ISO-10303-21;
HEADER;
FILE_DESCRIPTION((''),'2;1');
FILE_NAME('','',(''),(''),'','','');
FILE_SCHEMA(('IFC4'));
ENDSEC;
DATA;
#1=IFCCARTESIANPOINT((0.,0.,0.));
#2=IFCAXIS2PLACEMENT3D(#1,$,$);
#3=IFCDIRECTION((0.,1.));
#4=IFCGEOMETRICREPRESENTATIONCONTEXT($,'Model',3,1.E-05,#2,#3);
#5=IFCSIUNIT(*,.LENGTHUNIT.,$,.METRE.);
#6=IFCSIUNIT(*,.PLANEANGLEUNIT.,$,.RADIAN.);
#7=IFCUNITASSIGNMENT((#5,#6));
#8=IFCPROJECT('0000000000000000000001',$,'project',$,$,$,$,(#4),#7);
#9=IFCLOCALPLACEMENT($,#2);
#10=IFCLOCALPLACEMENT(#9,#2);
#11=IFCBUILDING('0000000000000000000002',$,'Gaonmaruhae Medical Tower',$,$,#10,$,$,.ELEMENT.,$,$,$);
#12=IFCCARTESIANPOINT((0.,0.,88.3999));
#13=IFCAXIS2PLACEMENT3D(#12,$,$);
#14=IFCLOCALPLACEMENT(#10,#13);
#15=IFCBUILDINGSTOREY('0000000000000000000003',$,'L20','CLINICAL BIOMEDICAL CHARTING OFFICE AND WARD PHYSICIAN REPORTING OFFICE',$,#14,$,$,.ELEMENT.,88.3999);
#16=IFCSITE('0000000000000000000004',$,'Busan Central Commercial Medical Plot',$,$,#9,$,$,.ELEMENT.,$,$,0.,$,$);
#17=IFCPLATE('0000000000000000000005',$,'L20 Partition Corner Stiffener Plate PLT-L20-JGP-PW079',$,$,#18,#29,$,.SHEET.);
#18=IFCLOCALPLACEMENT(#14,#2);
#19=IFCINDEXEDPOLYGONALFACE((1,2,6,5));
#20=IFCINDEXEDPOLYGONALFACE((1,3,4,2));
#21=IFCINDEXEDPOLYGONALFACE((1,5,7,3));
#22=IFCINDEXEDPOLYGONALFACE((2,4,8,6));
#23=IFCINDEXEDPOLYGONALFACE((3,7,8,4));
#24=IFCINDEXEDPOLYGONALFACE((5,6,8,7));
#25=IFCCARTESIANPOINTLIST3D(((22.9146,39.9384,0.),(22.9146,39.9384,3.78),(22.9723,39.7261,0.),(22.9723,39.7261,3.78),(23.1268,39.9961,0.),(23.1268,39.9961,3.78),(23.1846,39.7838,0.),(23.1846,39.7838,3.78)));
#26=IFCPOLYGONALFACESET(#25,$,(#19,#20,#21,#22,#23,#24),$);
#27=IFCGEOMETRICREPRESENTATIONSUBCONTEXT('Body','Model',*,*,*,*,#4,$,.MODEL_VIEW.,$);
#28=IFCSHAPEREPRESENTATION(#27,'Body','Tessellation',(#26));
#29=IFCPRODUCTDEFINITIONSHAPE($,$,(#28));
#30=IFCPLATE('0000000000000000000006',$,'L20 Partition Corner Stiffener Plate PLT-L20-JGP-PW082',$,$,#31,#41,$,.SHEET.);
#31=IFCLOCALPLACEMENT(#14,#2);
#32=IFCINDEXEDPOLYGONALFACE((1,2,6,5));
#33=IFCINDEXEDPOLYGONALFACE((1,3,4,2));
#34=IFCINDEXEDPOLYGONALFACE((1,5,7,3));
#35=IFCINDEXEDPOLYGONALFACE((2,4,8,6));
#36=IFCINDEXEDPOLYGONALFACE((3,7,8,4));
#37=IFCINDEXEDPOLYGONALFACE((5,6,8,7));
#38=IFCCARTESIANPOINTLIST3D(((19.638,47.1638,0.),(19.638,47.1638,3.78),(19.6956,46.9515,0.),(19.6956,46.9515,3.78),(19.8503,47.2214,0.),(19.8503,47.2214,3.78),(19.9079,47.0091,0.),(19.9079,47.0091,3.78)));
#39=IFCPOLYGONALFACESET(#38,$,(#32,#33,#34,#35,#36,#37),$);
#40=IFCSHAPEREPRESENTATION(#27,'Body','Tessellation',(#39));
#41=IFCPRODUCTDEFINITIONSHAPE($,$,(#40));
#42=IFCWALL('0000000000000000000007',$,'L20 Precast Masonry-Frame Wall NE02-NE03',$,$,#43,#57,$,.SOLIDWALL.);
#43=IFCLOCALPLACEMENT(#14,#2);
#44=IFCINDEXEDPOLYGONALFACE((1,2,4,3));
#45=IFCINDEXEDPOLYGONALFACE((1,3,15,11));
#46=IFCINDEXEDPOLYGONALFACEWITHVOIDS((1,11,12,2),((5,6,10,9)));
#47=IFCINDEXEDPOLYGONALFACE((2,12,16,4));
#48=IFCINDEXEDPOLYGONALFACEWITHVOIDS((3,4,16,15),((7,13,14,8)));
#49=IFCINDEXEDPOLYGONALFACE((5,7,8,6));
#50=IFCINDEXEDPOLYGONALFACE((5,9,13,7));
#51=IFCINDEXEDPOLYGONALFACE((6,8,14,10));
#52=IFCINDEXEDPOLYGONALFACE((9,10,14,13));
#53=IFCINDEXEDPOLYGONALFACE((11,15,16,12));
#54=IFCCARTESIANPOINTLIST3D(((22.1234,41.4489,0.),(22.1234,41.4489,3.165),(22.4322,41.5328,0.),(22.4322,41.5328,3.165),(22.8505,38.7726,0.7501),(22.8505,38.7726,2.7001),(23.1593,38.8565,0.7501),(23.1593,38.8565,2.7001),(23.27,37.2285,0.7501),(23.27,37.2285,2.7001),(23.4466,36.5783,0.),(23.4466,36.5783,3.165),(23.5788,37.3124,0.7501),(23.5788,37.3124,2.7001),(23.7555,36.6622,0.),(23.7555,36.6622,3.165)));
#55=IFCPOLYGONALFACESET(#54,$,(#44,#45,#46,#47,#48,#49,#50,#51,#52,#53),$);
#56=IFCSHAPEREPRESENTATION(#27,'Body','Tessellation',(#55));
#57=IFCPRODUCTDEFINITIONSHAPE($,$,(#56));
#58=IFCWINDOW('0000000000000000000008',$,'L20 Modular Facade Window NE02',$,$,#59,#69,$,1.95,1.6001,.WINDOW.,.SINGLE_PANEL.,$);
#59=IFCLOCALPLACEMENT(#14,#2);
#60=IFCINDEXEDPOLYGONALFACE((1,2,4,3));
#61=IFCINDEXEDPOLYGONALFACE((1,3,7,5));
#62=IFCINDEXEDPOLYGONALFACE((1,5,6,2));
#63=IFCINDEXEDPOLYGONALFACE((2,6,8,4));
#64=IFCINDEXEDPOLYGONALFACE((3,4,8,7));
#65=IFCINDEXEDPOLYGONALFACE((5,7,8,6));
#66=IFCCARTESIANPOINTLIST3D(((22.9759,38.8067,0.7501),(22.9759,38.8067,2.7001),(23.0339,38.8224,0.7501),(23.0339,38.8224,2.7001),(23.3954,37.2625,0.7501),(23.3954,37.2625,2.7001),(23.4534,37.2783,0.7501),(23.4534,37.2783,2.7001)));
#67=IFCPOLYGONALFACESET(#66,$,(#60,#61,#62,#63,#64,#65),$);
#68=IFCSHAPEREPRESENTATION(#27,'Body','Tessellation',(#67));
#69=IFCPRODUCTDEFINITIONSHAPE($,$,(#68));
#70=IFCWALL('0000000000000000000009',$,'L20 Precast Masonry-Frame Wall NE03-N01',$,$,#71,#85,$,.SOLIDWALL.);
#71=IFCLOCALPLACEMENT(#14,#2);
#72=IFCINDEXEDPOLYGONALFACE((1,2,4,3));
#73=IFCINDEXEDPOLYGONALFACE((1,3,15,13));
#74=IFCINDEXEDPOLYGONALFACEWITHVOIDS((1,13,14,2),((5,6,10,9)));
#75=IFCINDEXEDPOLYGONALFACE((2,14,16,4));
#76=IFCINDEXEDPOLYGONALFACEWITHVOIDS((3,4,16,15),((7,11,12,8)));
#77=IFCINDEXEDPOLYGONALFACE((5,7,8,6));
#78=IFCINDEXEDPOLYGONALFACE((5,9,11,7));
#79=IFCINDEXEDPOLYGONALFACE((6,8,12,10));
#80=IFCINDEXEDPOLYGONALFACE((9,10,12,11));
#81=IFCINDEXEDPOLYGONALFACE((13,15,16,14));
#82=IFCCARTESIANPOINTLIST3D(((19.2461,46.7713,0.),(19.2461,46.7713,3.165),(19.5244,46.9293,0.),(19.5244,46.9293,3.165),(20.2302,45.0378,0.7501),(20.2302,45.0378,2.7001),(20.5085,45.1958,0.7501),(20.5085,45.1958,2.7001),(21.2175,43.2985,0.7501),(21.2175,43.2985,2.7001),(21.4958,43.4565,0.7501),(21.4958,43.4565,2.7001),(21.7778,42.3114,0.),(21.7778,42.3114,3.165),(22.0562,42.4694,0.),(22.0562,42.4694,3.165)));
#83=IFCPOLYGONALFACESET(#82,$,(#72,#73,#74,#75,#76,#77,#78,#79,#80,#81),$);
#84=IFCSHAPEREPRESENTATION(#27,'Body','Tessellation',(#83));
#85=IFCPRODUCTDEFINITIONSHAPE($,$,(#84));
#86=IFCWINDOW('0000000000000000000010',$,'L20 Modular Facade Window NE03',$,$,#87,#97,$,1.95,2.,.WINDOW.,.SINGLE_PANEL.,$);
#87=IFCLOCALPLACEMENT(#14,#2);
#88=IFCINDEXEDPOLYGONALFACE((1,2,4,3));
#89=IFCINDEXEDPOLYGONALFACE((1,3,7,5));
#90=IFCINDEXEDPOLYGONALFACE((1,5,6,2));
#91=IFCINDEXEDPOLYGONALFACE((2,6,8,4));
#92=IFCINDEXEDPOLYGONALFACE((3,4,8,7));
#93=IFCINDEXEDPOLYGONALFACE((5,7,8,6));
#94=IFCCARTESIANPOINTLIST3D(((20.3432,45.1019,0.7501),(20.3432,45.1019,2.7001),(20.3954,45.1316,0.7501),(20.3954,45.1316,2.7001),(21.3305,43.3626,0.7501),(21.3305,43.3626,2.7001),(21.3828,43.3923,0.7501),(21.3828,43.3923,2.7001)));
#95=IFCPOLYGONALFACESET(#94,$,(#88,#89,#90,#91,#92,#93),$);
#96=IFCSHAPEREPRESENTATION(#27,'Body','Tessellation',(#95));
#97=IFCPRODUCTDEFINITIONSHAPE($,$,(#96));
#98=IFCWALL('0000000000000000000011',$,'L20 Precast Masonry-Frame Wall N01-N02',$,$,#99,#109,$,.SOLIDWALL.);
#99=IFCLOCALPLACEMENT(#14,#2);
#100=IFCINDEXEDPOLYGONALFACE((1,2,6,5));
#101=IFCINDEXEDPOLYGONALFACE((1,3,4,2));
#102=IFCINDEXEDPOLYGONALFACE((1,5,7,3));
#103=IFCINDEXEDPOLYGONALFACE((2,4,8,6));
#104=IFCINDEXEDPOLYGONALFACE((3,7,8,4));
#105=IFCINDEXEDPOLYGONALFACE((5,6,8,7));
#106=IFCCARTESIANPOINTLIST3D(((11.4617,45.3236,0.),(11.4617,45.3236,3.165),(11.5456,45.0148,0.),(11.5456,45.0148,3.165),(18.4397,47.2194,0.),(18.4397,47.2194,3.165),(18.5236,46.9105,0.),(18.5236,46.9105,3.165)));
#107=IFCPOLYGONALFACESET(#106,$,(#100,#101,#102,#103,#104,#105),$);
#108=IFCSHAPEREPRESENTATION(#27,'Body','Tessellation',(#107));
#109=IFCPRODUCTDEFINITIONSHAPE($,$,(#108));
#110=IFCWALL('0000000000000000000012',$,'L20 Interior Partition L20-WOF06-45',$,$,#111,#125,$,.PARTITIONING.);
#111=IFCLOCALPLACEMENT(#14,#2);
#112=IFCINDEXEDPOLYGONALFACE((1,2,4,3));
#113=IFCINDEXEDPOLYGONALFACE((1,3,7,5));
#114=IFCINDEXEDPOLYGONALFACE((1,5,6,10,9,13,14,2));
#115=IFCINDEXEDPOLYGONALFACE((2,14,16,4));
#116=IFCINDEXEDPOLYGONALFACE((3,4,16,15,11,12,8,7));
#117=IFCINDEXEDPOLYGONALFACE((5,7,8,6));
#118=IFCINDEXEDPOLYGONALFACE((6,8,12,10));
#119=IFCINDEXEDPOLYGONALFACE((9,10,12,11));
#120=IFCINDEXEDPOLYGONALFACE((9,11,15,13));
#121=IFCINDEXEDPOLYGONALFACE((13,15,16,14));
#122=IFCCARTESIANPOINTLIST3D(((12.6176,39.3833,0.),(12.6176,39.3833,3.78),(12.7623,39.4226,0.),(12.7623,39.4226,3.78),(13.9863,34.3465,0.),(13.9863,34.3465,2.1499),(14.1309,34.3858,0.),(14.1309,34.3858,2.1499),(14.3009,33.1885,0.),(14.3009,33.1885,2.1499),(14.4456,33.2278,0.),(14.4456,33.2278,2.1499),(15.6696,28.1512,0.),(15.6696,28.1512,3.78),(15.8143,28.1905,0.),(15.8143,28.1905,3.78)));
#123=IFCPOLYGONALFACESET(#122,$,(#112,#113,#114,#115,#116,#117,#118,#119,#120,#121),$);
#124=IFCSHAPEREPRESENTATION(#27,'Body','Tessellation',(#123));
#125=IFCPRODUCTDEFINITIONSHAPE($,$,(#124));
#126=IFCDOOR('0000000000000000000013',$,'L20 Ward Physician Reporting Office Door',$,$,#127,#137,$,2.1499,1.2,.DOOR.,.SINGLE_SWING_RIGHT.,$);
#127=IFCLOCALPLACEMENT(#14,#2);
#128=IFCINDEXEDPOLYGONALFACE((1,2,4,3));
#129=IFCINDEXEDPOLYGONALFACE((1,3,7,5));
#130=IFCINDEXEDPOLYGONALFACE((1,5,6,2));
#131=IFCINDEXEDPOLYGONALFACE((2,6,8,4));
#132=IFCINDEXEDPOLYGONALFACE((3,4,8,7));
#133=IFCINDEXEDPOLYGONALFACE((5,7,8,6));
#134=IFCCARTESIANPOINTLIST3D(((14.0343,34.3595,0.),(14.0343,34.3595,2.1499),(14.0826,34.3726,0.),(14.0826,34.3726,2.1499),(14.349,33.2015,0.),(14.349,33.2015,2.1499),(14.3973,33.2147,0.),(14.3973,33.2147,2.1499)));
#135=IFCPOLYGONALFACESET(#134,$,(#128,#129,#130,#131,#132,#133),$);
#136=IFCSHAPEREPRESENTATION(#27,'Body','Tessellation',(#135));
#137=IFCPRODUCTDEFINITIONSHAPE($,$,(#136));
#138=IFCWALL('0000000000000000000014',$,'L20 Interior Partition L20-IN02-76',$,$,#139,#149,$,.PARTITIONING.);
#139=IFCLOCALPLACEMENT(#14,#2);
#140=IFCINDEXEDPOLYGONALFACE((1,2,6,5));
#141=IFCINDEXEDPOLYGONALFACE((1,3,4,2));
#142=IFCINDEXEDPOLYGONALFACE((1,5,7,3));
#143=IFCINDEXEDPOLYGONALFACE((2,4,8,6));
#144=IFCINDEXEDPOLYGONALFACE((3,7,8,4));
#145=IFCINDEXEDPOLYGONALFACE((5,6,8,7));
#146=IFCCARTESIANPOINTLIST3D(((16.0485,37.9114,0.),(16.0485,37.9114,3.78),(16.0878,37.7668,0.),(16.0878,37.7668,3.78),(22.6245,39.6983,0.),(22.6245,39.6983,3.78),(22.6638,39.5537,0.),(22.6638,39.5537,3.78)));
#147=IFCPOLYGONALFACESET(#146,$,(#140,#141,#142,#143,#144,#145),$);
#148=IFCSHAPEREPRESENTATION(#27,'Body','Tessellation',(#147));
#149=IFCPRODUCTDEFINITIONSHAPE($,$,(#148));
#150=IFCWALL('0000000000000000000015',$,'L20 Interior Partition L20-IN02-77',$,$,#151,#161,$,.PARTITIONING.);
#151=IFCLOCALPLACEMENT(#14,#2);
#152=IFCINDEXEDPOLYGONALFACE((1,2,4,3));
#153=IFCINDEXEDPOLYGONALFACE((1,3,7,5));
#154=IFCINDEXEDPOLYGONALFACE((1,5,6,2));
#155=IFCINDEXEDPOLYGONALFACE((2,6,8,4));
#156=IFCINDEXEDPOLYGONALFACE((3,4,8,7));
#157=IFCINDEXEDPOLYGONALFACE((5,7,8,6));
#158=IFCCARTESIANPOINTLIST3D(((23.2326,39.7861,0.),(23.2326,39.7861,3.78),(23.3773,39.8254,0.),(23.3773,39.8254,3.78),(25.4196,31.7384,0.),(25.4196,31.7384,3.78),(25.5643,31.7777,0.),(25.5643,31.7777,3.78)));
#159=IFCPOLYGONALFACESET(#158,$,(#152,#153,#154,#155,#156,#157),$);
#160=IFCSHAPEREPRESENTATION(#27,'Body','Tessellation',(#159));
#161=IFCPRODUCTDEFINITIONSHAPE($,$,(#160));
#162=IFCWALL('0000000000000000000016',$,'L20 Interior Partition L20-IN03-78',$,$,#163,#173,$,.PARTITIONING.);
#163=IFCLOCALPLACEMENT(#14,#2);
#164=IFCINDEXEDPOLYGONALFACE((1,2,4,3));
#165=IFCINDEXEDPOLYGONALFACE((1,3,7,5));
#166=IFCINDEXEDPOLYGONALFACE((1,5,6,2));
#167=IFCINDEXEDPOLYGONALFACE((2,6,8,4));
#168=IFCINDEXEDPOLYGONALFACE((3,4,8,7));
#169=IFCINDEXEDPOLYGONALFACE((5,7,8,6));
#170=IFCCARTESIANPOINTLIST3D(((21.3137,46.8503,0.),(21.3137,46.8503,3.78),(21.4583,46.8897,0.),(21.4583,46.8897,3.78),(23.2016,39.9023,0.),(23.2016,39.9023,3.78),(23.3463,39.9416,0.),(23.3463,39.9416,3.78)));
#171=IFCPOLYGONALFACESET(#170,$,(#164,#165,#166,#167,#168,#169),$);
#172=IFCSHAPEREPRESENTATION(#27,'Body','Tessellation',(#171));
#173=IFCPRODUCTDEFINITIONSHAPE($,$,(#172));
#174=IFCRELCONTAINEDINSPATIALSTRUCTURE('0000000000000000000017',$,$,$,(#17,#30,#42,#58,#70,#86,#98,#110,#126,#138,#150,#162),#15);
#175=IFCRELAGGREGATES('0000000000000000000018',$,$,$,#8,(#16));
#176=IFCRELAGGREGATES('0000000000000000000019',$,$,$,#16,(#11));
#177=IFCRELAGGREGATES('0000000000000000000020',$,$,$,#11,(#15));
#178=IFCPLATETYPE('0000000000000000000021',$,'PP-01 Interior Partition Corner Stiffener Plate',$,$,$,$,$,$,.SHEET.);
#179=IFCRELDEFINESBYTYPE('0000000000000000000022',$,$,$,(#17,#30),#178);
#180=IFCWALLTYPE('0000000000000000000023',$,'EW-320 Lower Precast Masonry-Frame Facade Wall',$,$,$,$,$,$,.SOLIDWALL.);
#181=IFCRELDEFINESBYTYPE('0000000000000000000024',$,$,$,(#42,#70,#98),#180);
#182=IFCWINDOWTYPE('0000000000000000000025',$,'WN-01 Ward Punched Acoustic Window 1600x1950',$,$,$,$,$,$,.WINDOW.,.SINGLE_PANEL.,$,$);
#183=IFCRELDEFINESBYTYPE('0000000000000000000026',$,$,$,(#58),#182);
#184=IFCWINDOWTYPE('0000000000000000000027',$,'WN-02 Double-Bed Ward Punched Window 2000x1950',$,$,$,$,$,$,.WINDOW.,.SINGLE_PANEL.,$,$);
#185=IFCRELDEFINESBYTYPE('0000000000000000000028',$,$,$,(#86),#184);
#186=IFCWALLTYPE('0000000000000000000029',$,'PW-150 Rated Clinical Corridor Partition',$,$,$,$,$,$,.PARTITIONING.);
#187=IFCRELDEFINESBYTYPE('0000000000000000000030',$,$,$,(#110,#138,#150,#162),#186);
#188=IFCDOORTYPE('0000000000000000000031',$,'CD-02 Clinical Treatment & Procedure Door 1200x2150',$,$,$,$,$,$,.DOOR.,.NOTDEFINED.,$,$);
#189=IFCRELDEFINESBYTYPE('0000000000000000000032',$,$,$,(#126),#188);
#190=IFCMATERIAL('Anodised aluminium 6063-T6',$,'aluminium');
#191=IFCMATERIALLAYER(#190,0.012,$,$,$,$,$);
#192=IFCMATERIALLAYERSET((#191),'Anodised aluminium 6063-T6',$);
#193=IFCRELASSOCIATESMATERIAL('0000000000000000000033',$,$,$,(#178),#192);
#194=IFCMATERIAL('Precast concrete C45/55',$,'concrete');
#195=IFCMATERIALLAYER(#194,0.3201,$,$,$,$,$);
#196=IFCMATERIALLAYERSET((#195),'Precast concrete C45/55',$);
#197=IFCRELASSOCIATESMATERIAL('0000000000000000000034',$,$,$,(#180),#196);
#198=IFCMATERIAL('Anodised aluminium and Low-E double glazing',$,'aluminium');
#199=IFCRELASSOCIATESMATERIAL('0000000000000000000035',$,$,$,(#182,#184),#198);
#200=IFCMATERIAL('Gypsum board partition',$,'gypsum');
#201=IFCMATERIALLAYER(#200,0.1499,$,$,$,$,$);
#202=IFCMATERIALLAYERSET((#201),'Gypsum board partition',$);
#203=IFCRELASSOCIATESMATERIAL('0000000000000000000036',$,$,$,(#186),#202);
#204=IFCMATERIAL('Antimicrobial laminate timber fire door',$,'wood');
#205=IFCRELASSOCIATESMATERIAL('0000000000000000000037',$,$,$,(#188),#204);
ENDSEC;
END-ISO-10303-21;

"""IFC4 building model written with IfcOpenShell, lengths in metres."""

from ifc_helpers import new_model, si_unit, direction, frame, frame_2d, origin, origin_2d, place, context, subcontext, project, spatial, rectangle, extrude, material, layer, layer_set, type_object, element, fill, save


model = new_model("IFC4")

# Units and contexts
model_context = context("Model", 3, precision=1e-05, world=origin(), true_north=direction((0.0, 1.0)))
body_context = subcontext(model_context, "Body", "Model", "MODEL_VIEW")
ifc_project = project(units=[si_unit("LENGTHUNIT", "METRE"), si_unit("PLANEANGLEUNIT", "RADIAN")], contexts=[model_context])

# Site, building, storey
site_placement = place(None, origin())
site = spatial("IfcSite", under=ifc_project, at=site_placement, Name="Busan Central Commercial Medical Plot", CompositionType="ELEMENT", RefElevation=0.0)
building_placement = place(site_placement, origin())
building = spatial("IfcBuilding", under=site, at=building_placement, Name="Gaonmaruhae Medical Tower", CompositionType="ELEMENT")
storey_placement = place(building_placement, frame((0.0, 0.0, 88.3999)))
storey = spatial("IfcBuildingStorey", under=building, at=storey_placement, Name="L20", Description="CLINICAL BIOMEDICAL CHARTING OFFICE AND WARD PHYSICIAN REPORTING OFFICE", CompositionType="ELEMENT", Elevation=88.3999)

# Plates
ifc_material_1 = material(Name="Anodised aluminium 6063-T6", Category="aluminium")
ifc_layer_1 = layer(ifc_material_1, 0.012)
ifc_layer_set_1 = layer_set([ifc_layer_1], Name="Anodised aluminium 6063-T6")
plate_type_1 = type_object("IfcPlateType", Name="PP-01 Interior Partition Corner Stiffener Plate", PredefinedType="SHEET", material=ifc_layer_set_1)
for number, where, z_axis, x_axis, name in (
    (1, (23.0496, 39.8611, 0.0), (0.0, 0.0, 1.0), (-0.964952, -0.262425, 0.0), "L20 Partition Corner Stiffener Plate PLT-L20-JGP-PW079"),
    (2, (19.7729, 47.0864, 0.0), (0.0, 0.0, 1.0), (0.261734, -0.96514, 0.0), "L20 Partition Corner Stiffener Plate PLT-L20-JGP-PW082"),
):
    element("IfcPlate", number, at=place(storey_placement, frame(where, z_axis=z_axis, x_axis=x_axis)), inside=storey, type_object=plate_type_1, Name=name, PredefinedType="SHEET", context=body_context, shape_type="SweptSolid", body=[
        extrude(rectangle(XDim=0.22, YDim=0.22, at=origin_2d()), origin(), (0.0, 0.0, 1.0), 3.78),
    ])

# Walls, openings, windows
ifc_material_2 = material(Name="Precast concrete C45/55", Category="concrete")
ifc_layer_2 = layer(ifc_material_2, 0.3201)
ifc_layer_set_2 = layer_set([ifc_layer_2], Name="Precast concrete C45/55")
wall_type_1 = type_object("IfcWallType", Name="EW-320 Lower Precast Masonry-Frame Facade Wall", PredefinedType="SOLIDWALL", material=ifc_layer_set_2)
wall_1_placement = place(storey_placement, frame((22.2778, 41.4907, 0.0), z_axis=(0.0, 0.0, 1.0), x_axis=(0.262176, -0.96502, 0.0)))
wall_1 = element("IfcWall", 3, at=wall_1_placement, inside=storey, type_object=wall_type_1, Name="L20 Precast Masonry-Frame Wall NE02-NE03", PredefinedType="SOLIDWALL", context=body_context, shape_type="SweptSolid", body=[
    extrude(rectangle(XDim=5.0471, YDim=0.3201, at=frame_2d((2.5234, 0.0))), origin(), (0.0, 0.0, 1.0), 3.165),
])
opening_1_placement = place(wall_1_placement, frame((2.7732, 0.0, 0.75)))
opening_1 = element("IfcOpeningElement", 4, at=opening_1_placement, cuts=wall_1, PredefinedType="OPENING", context=body_context, shape_type="SweptSolid", body=[
    extrude(rectangle(XDim=1.6001, YDim=1.95, at=frame_2d((0.8, 0.9751))), frame((0.0, 0.1699, 0.0), z_axis=(0.0, -1.0, 0.0), x_axis=(1.0, 0.0, 0.0)), (0.0, 0.0, 1.0), 0.3401),
])
ifc_material_3 = material(Name="Anodised aluminium and Low-E double glazing", Category="aluminium")
window_type_1 = type_object("IfcWindowType", Name="WN-01 Ward Punched Acoustic Window 1600x1950", PartitioningType="SINGLE_PANEL", PredefinedType="WINDOW", material=ifc_material_3)
window_1_placement = place(opening_1_placement, origin())
window_1 = element("IfcWindow", 5, at=window_1_placement, inside=storey, type_object=window_type_1, Name="L20 Modular Facade Window NE02", OverallHeight=1.95, OverallWidth=1.6001, PartitioningType="SINGLE_PANEL", PredefinedType="WINDOW", context=body_context, shape_type="SweptSolid", body=[
    extrude(rectangle(XDim=1.6001, YDim=1.95, at=frame_2d((0.8, 0.9751))), frame((0.0, 0.03, 0.0), z_axis=(0.0, -1.0, 0.0), x_axis=(1.0, 0.0, 0.0)), (0.0, 0.0, 1.0), 0.0601),
])
fill(opening_1, window_1)
wall_2_placement = place(storey_placement, frame((19.3853, 46.8503, 0.0), z_axis=(0.0, 0.0, 1.0), x_axis=(0.493666, -0.869652, 0.0)))
wall_2 = element("IfcWall", 6, at=wall_2_placement, inside=storey, type_object=wall_type_1, Name="L20 Precast Masonry-Frame Wall NE03-N01", PredefinedType="SOLIDWALL", context=body_context, shape_type="SweptSolid", body=[
    extrude(rectangle(XDim=5.1284, YDim=0.3201, at=frame_2d((2.5642, 0.0))), origin(), (0.0, 0.0, 1.0), 3.165),
])
opening_2_placement = place(wall_2_placement, frame((1.9934, 0.0, 0.75)))
opening_2 = element("IfcOpeningElement", 7, at=opening_2_placement, cuts=wall_2, PredefinedType="OPENING", context=body_context, shape_type="SweptSolid", body=[
    extrude(rectangle(XDim=2.0, YDim=1.95, at=frame_2d((1.0, 0.9751))), frame((0.0, 0.1699, 0.0), z_axis=(0.0, -1.0, 0.0), x_axis=(1.0, 0.0, 0.0)), (0.0, 0.0, 1.0), 0.3401),
])
window_type_2 = type_object("IfcWindowType", Name="WN-02 Double-Bed Ward Punched Window 2000x1950", PartitioningType="SINGLE_PANEL", PredefinedType="WINDOW", material=ifc_material_3)
window_2_placement = place(opening_2_placement, origin())
window_2 = element("IfcWindow", 8, at=window_2_placement, inside=storey, type_object=window_type_2, Name="L20 Modular Facade Window NE03", OverallHeight=1.95, OverallWidth=2.0, PartitioningType="SINGLE_PANEL", PredefinedType="WINDOW", context=body_context, shape_type="SweptSolid", body=[
    extrude(rectangle(XDim=2.0, YDim=1.95, at=frame_2d((1.0, 0.9751))), frame((0.0, 0.03, 0.0), z_axis=(0.0, -1.0, 0.0), x_axis=(1.0, 0.0, 0.0)), (0.0, 0.0, 1.0), 0.0601),
])
fill(opening_2, window_2)

# Wall
wall_3_placement = place(storey_placement, frame((11.5037, 45.1692, 0.0), z_axis=(0.0, 0.0, 1.0), x_axis=(0.965021, 0.262172, 0.0)))
element("IfcWall", 9, at=wall_3_placement, inside=storey, type_object=wall_type_1, Name="L20 Precast Masonry-Frame Wall N01-N02", PredefinedType="SOLIDWALL", context=body_context, shape_type="SweptSolid", body=[
    extrude(rectangle(XDim=7.231, YDim=0.3201, at=frame_2d((3.6155, 0.0))), origin(), (0.0, 0.0, 1.0), 3.165),
])

# Wall, opening, door
ifc_material_4 = material(Name="Gypsum board partition", Category="gypsum")
ifc_layer_3 = layer(ifc_material_4, 0.1499)
ifc_layer_set_3 = layer_set([ifc_layer_3], Name="Gypsum board partition")
wall_type_2 = type_object("IfcWallType", Name="PW-150 Rated Clinical Corridor Partition", PredefinedType="PARTITIONING", material=ifc_layer_set_3)
wall_4_placement = place(storey_placement, frame((12.6899, 39.4031, 0.0), z_axis=(0.0, 0.0, 1.0), x_axis=(0.262212, -0.96501, 0.0)))
wall_4 = element("IfcWall", 10, at=wall_4_placement, inside=storey, type_object=wall_type_2, Name="L20 Interior Partition L20-WOF06-45", PredefinedType="PARTITIONING", context=body_context, shape_type="SweptSolid", body=[
    extrude(rectangle(XDim=11.6394, YDim=0.1499, at=frame_2d((5.8198, 0.0))), origin(), (0.0, 0.0, 1.0), 3.78),
])
opening_3_placement = place(wall_4_placement, frame((5.2195, 0.0, 0.0)))
opening_3 = element("IfcOpeningElement", 11, at=opening_3_placement, cuts=wall_4, PredefinedType="OPENING", context=body_context, shape_type="SweptSolid", body=[
    extrude(rectangle(XDim=1.2, YDim=2.1499, at=frame_2d((0.6001, 1.075))), frame((0.0, 0.085, 0.0), z_axis=(0.0, -1.0, 0.0), x_axis=(1.0, 0.0, 0.0)), (0.0, 0.0, 1.0), 0.1699),
])
ifc_material_5 = material(Name="Antimicrobial laminate timber fire door", Category="wood")
door_type_1 = type_object("IfcDoorType", Name="CD-02 Clinical Treatment & Procedure Door 1200x2150", OperationType="NOTDEFINED", PredefinedType="DOOR", material=ifc_material_5)
door_1_placement = place(opening_3_placement, origin())
door_1 = element("IfcDoor", 12, at=door_1_placement, inside=storey, type_object=door_type_1, Name="L20 Ward Physician Reporting Office Door", OperationType="SINGLE_SWING_RIGHT", OverallHeight=2.1499, OverallWidth=1.2, PredefinedType="DOOR", context=body_context, shape_type="SweptSolid", body=[
    extrude(rectangle(XDim=1.2, YDim=2.1499, at=frame_2d((0.6001, 1.075))), frame((0.0, 0.0249, 0.0), z_axis=(0.0, -1.0, 0.0), x_axis=(1.0, 0.0, 0.0)), (0.0, 0.0, 1.0), 0.05),
])
fill(opening_3, door_1)

# Walls
wall_5_placement = place(storey_placement, frame((16.0681, 37.8391, 0.0), z_axis=(0.0, 0.0, 1.0), x_axis=(0.965008, 0.26222, 0.0)))
element("IfcWall", 13, at=wall_5_placement, inside=storey, type_object=wall_type_2, Name="L20 Interior Partition L20-IN02-76", PredefinedType="PARTITIONING", context=body_context, shape_type="SweptSolid", body=[
    extrude(rectangle(XDim=6.8145, YDim=0.1499, at=frame_2d((3.4072, 0.0))), origin(), (0.0, 0.0, 1.0), 3.78),
])
wall_6_placement = place(storey_placement, frame((23.3049, 39.8059, 0.0), z_axis=(0.0, 0.0, 1.0), x_axis=(0.26224, -0.965003, 0.0)))
element("IfcWall", 14, at=wall_6_placement, inside=storey, type_object=wall_type_2, Name="L20 Interior Partition L20-IN02-77", PredefinedType="PARTITIONING", context=body_context, shape_type="SweptSolid", body=[
    extrude(rectangle(XDim=8.3396, YDim=0.1499, at=frame_2d((4.1699, 0.0))), origin(), (0.0, 0.0, 1.0), 3.78),
])
wall_7_placement = place(storey_placement, frame((21.386, 46.8701, 0.0), z_axis=(0.0, 0.0, 1.0), x_axis=(0.262216, -0.965009, 0.0)))
element("IfcWall", 15, at=wall_7_placement, inside=storey, type_object=wall_type_2, Name="L20 Interior Partition L20-IN03-78", PredefinedType="PARTITIONING", context=body_context, shape_type="SweptSolid", body=[
    extrude(rectangle(XDim=7.2, YDim=0.1499, at=frame_2d((3.6001, 0.0))), origin(), (0.0, 0.0, 1.0), 3.78),
])

save(model, "model.ifc")
